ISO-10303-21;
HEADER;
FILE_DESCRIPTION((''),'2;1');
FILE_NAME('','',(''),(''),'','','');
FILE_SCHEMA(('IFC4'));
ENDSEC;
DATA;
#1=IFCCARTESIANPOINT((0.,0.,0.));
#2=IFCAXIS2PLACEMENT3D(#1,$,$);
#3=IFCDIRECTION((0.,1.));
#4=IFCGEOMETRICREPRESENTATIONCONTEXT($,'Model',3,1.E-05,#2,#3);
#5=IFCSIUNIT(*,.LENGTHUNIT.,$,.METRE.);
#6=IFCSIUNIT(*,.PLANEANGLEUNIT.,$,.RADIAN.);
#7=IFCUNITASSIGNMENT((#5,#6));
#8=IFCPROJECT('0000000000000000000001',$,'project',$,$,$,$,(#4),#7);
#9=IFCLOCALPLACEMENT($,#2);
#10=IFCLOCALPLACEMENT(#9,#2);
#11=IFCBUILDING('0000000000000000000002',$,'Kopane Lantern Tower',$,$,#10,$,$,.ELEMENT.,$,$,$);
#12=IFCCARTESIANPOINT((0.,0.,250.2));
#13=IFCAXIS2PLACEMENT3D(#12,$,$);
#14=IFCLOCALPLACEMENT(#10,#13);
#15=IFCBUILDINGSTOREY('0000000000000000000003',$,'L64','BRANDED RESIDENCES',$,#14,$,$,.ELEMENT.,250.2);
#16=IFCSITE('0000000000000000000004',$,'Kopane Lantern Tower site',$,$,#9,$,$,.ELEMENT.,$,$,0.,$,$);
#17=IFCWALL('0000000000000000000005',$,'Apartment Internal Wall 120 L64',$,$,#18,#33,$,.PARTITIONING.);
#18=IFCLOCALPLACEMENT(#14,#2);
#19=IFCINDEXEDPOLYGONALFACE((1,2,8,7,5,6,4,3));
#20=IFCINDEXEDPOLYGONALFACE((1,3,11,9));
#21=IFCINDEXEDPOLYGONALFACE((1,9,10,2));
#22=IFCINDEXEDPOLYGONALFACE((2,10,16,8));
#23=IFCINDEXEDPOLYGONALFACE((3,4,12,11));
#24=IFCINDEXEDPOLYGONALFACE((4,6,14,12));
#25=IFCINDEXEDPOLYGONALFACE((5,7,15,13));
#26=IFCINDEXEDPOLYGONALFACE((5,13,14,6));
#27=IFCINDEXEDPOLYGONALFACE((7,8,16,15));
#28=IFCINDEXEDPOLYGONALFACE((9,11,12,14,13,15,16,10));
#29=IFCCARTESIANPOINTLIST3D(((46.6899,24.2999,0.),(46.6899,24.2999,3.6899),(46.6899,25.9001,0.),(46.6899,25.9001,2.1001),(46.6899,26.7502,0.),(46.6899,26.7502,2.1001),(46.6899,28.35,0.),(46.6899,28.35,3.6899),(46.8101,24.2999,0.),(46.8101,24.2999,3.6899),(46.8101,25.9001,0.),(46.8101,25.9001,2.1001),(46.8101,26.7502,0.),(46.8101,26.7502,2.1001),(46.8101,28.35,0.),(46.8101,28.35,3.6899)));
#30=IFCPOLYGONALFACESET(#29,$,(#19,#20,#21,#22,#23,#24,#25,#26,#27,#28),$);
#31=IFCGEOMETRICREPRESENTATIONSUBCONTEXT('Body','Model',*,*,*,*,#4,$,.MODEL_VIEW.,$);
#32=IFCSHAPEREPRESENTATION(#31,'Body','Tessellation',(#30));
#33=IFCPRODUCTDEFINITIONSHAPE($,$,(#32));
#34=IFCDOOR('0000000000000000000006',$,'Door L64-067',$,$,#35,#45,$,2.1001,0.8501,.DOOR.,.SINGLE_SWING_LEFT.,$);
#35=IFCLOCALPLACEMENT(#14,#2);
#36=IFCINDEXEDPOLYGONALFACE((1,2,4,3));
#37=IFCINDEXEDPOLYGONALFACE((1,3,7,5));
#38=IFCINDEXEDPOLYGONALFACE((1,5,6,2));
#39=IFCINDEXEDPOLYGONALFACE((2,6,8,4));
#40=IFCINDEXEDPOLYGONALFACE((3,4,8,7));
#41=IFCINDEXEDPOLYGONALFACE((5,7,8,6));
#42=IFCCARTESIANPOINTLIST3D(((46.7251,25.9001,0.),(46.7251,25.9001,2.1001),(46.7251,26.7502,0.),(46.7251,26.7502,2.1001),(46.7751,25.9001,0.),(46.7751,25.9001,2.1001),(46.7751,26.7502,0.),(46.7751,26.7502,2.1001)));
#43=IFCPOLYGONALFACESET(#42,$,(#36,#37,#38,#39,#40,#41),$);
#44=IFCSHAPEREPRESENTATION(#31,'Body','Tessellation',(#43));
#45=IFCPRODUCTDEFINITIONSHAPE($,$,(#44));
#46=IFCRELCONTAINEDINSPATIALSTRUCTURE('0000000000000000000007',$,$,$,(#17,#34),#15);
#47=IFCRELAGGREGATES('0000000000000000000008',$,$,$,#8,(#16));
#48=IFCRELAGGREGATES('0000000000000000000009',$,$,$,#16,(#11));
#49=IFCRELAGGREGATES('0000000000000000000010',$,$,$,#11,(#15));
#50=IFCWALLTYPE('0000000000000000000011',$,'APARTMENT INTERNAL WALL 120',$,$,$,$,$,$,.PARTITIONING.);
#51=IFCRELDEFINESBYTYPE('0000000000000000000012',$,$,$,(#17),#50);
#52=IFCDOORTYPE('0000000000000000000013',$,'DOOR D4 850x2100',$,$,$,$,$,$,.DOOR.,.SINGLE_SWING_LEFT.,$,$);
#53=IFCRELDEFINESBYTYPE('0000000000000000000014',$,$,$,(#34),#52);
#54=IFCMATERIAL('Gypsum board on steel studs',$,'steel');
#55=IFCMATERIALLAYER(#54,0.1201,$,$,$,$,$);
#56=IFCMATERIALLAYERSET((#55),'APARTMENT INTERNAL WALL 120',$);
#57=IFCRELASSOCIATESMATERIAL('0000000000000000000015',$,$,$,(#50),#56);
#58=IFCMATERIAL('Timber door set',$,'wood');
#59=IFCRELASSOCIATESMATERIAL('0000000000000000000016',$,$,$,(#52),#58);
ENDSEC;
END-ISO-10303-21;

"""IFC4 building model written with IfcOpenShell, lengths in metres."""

from ifc_helpers import new_model, si_unit, direction, frame, frame_2d, origin, place, context, subcontext, project, spatial, rectangle, extrude, material, layer, layer_set, type_object, element, fill, save


model = new_model("IFC4")

# Units and contexts
model_context = context("Model", 3, precision=1e-05, world=origin(), true_north=direction((0.0, 1.0)))
body_context = subcontext(model_context, "Body", "Model", "MODEL_VIEW")
ifc_project = project(units=[si_unit("LENGTHUNIT", "METRE"), si_unit("PLANEANGLEUNIT", "RADIAN")], contexts=[model_context])

# Site, building, storey
site_placement = place(None, origin())
site = spatial("IfcSite", under=ifc_project, at=site_placement, Name="Kopane Lantern Tower site", CompositionType="ELEMENT", RefElevation=0.0)
building_placement = place(site_placement, origin())
building = spatial("IfcBuilding", under=site, at=building_placement, Name="Kopane Lantern Tower", CompositionType="ELEMENT")
storey_placement = place(building_placement, frame((0.0, 0.0, 250.2)))
storey = spatial("IfcBuildingStorey", under=building, at=storey_placement, Name="L64", Description="BRANDED RESIDENCES", CompositionType="ELEMENT", Elevation=250.2)

# Shared definitions
ifc_material_1 = material(Name="Gypsum board on steel studs", Category="steel")
ifc_layer = layer(ifc_material_1, 0.1201)
ifc_layer_set = layer_set([ifc_layer], Name="APARTMENT INTERNAL WALL 120")
wall_type = type_object("IfcWallType", Name="APARTMENT INTERNAL WALL 120", PredefinedType="PARTITIONING", material=ifc_layer_set)
ifc_material_2 = material(Name="Timber door set", Category="wood")
door_type = type_object("IfcDoorType", Name="DOOR D4 850x2100", OperationType="SINGLE_SWING_LEFT", PredefinedType="DOOR", material=ifc_material_2)

# Wall, opening, door
wall_1_placement = place(storey_placement, frame((46.75, 24.3, 0.0), z_axis=(0.0, 0.0, 1.0), x_axis=(0.0, 1.0, 0.0)))
wall_1 = element("IfcWall", 1, at=wall_1_placement, inside=storey, type_object=wall_type, Name="Apartment Internal Wall 120 L64", PredefinedType="PARTITIONING", context=body_context, shape_type="SweptSolid", body=[
    extrude(rectangle(XDim=4.05, YDim=0.1201, at=frame_2d((2.0249, 0.0))), origin(), (0.0, 0.0, 1.0), 3.6899),
])
opening_1_placement = place(wall_1_placement, frame((1.6001, 0.0, 0.0)))
opening_1 = element("IfcOpeningElement", 2, at=opening_1_placement, cuts=wall_1, PredefinedType="OPENING", context=body_context, shape_type="SweptSolid", body=[
    extrude(rectangle(XDim=0.8501, YDim=2.1001, at=frame_2d((0.425, 1.05))), frame((0.0, 0.0701, 0.0), z_axis=(0.0, -1.0, 0.0), x_axis=(1.0, 0.0, 0.0)), (0.0, 0.0, 1.0), 0.1401),
])
door_1_placement = place(opening_1_placement, origin())
door_1 = element("IfcDoor", 3, at=door_1_placement, inside=storey, type_object=door_type, Name="Door L64-067", OperationType="SINGLE_SWING_LEFT", OverallHeight=2.1001, OverallWidth=0.8501, PredefinedType="DOOR", context=body_context, shape_type="SweptSolid", body=[
    extrude(rectangle(XDim=0.8501, YDim=2.1001, at=frame_2d((0.425, 1.05))), frame((0.0, 0.0249, 0.0), z_axis=(0.0, -1.0, 0.0), x_axis=(1.0, 0.0, 0.0)), (0.0, 0.0, 1.0), 0.05),
])
fill(opening_1, door_1)

save(model, "model.ifc")
